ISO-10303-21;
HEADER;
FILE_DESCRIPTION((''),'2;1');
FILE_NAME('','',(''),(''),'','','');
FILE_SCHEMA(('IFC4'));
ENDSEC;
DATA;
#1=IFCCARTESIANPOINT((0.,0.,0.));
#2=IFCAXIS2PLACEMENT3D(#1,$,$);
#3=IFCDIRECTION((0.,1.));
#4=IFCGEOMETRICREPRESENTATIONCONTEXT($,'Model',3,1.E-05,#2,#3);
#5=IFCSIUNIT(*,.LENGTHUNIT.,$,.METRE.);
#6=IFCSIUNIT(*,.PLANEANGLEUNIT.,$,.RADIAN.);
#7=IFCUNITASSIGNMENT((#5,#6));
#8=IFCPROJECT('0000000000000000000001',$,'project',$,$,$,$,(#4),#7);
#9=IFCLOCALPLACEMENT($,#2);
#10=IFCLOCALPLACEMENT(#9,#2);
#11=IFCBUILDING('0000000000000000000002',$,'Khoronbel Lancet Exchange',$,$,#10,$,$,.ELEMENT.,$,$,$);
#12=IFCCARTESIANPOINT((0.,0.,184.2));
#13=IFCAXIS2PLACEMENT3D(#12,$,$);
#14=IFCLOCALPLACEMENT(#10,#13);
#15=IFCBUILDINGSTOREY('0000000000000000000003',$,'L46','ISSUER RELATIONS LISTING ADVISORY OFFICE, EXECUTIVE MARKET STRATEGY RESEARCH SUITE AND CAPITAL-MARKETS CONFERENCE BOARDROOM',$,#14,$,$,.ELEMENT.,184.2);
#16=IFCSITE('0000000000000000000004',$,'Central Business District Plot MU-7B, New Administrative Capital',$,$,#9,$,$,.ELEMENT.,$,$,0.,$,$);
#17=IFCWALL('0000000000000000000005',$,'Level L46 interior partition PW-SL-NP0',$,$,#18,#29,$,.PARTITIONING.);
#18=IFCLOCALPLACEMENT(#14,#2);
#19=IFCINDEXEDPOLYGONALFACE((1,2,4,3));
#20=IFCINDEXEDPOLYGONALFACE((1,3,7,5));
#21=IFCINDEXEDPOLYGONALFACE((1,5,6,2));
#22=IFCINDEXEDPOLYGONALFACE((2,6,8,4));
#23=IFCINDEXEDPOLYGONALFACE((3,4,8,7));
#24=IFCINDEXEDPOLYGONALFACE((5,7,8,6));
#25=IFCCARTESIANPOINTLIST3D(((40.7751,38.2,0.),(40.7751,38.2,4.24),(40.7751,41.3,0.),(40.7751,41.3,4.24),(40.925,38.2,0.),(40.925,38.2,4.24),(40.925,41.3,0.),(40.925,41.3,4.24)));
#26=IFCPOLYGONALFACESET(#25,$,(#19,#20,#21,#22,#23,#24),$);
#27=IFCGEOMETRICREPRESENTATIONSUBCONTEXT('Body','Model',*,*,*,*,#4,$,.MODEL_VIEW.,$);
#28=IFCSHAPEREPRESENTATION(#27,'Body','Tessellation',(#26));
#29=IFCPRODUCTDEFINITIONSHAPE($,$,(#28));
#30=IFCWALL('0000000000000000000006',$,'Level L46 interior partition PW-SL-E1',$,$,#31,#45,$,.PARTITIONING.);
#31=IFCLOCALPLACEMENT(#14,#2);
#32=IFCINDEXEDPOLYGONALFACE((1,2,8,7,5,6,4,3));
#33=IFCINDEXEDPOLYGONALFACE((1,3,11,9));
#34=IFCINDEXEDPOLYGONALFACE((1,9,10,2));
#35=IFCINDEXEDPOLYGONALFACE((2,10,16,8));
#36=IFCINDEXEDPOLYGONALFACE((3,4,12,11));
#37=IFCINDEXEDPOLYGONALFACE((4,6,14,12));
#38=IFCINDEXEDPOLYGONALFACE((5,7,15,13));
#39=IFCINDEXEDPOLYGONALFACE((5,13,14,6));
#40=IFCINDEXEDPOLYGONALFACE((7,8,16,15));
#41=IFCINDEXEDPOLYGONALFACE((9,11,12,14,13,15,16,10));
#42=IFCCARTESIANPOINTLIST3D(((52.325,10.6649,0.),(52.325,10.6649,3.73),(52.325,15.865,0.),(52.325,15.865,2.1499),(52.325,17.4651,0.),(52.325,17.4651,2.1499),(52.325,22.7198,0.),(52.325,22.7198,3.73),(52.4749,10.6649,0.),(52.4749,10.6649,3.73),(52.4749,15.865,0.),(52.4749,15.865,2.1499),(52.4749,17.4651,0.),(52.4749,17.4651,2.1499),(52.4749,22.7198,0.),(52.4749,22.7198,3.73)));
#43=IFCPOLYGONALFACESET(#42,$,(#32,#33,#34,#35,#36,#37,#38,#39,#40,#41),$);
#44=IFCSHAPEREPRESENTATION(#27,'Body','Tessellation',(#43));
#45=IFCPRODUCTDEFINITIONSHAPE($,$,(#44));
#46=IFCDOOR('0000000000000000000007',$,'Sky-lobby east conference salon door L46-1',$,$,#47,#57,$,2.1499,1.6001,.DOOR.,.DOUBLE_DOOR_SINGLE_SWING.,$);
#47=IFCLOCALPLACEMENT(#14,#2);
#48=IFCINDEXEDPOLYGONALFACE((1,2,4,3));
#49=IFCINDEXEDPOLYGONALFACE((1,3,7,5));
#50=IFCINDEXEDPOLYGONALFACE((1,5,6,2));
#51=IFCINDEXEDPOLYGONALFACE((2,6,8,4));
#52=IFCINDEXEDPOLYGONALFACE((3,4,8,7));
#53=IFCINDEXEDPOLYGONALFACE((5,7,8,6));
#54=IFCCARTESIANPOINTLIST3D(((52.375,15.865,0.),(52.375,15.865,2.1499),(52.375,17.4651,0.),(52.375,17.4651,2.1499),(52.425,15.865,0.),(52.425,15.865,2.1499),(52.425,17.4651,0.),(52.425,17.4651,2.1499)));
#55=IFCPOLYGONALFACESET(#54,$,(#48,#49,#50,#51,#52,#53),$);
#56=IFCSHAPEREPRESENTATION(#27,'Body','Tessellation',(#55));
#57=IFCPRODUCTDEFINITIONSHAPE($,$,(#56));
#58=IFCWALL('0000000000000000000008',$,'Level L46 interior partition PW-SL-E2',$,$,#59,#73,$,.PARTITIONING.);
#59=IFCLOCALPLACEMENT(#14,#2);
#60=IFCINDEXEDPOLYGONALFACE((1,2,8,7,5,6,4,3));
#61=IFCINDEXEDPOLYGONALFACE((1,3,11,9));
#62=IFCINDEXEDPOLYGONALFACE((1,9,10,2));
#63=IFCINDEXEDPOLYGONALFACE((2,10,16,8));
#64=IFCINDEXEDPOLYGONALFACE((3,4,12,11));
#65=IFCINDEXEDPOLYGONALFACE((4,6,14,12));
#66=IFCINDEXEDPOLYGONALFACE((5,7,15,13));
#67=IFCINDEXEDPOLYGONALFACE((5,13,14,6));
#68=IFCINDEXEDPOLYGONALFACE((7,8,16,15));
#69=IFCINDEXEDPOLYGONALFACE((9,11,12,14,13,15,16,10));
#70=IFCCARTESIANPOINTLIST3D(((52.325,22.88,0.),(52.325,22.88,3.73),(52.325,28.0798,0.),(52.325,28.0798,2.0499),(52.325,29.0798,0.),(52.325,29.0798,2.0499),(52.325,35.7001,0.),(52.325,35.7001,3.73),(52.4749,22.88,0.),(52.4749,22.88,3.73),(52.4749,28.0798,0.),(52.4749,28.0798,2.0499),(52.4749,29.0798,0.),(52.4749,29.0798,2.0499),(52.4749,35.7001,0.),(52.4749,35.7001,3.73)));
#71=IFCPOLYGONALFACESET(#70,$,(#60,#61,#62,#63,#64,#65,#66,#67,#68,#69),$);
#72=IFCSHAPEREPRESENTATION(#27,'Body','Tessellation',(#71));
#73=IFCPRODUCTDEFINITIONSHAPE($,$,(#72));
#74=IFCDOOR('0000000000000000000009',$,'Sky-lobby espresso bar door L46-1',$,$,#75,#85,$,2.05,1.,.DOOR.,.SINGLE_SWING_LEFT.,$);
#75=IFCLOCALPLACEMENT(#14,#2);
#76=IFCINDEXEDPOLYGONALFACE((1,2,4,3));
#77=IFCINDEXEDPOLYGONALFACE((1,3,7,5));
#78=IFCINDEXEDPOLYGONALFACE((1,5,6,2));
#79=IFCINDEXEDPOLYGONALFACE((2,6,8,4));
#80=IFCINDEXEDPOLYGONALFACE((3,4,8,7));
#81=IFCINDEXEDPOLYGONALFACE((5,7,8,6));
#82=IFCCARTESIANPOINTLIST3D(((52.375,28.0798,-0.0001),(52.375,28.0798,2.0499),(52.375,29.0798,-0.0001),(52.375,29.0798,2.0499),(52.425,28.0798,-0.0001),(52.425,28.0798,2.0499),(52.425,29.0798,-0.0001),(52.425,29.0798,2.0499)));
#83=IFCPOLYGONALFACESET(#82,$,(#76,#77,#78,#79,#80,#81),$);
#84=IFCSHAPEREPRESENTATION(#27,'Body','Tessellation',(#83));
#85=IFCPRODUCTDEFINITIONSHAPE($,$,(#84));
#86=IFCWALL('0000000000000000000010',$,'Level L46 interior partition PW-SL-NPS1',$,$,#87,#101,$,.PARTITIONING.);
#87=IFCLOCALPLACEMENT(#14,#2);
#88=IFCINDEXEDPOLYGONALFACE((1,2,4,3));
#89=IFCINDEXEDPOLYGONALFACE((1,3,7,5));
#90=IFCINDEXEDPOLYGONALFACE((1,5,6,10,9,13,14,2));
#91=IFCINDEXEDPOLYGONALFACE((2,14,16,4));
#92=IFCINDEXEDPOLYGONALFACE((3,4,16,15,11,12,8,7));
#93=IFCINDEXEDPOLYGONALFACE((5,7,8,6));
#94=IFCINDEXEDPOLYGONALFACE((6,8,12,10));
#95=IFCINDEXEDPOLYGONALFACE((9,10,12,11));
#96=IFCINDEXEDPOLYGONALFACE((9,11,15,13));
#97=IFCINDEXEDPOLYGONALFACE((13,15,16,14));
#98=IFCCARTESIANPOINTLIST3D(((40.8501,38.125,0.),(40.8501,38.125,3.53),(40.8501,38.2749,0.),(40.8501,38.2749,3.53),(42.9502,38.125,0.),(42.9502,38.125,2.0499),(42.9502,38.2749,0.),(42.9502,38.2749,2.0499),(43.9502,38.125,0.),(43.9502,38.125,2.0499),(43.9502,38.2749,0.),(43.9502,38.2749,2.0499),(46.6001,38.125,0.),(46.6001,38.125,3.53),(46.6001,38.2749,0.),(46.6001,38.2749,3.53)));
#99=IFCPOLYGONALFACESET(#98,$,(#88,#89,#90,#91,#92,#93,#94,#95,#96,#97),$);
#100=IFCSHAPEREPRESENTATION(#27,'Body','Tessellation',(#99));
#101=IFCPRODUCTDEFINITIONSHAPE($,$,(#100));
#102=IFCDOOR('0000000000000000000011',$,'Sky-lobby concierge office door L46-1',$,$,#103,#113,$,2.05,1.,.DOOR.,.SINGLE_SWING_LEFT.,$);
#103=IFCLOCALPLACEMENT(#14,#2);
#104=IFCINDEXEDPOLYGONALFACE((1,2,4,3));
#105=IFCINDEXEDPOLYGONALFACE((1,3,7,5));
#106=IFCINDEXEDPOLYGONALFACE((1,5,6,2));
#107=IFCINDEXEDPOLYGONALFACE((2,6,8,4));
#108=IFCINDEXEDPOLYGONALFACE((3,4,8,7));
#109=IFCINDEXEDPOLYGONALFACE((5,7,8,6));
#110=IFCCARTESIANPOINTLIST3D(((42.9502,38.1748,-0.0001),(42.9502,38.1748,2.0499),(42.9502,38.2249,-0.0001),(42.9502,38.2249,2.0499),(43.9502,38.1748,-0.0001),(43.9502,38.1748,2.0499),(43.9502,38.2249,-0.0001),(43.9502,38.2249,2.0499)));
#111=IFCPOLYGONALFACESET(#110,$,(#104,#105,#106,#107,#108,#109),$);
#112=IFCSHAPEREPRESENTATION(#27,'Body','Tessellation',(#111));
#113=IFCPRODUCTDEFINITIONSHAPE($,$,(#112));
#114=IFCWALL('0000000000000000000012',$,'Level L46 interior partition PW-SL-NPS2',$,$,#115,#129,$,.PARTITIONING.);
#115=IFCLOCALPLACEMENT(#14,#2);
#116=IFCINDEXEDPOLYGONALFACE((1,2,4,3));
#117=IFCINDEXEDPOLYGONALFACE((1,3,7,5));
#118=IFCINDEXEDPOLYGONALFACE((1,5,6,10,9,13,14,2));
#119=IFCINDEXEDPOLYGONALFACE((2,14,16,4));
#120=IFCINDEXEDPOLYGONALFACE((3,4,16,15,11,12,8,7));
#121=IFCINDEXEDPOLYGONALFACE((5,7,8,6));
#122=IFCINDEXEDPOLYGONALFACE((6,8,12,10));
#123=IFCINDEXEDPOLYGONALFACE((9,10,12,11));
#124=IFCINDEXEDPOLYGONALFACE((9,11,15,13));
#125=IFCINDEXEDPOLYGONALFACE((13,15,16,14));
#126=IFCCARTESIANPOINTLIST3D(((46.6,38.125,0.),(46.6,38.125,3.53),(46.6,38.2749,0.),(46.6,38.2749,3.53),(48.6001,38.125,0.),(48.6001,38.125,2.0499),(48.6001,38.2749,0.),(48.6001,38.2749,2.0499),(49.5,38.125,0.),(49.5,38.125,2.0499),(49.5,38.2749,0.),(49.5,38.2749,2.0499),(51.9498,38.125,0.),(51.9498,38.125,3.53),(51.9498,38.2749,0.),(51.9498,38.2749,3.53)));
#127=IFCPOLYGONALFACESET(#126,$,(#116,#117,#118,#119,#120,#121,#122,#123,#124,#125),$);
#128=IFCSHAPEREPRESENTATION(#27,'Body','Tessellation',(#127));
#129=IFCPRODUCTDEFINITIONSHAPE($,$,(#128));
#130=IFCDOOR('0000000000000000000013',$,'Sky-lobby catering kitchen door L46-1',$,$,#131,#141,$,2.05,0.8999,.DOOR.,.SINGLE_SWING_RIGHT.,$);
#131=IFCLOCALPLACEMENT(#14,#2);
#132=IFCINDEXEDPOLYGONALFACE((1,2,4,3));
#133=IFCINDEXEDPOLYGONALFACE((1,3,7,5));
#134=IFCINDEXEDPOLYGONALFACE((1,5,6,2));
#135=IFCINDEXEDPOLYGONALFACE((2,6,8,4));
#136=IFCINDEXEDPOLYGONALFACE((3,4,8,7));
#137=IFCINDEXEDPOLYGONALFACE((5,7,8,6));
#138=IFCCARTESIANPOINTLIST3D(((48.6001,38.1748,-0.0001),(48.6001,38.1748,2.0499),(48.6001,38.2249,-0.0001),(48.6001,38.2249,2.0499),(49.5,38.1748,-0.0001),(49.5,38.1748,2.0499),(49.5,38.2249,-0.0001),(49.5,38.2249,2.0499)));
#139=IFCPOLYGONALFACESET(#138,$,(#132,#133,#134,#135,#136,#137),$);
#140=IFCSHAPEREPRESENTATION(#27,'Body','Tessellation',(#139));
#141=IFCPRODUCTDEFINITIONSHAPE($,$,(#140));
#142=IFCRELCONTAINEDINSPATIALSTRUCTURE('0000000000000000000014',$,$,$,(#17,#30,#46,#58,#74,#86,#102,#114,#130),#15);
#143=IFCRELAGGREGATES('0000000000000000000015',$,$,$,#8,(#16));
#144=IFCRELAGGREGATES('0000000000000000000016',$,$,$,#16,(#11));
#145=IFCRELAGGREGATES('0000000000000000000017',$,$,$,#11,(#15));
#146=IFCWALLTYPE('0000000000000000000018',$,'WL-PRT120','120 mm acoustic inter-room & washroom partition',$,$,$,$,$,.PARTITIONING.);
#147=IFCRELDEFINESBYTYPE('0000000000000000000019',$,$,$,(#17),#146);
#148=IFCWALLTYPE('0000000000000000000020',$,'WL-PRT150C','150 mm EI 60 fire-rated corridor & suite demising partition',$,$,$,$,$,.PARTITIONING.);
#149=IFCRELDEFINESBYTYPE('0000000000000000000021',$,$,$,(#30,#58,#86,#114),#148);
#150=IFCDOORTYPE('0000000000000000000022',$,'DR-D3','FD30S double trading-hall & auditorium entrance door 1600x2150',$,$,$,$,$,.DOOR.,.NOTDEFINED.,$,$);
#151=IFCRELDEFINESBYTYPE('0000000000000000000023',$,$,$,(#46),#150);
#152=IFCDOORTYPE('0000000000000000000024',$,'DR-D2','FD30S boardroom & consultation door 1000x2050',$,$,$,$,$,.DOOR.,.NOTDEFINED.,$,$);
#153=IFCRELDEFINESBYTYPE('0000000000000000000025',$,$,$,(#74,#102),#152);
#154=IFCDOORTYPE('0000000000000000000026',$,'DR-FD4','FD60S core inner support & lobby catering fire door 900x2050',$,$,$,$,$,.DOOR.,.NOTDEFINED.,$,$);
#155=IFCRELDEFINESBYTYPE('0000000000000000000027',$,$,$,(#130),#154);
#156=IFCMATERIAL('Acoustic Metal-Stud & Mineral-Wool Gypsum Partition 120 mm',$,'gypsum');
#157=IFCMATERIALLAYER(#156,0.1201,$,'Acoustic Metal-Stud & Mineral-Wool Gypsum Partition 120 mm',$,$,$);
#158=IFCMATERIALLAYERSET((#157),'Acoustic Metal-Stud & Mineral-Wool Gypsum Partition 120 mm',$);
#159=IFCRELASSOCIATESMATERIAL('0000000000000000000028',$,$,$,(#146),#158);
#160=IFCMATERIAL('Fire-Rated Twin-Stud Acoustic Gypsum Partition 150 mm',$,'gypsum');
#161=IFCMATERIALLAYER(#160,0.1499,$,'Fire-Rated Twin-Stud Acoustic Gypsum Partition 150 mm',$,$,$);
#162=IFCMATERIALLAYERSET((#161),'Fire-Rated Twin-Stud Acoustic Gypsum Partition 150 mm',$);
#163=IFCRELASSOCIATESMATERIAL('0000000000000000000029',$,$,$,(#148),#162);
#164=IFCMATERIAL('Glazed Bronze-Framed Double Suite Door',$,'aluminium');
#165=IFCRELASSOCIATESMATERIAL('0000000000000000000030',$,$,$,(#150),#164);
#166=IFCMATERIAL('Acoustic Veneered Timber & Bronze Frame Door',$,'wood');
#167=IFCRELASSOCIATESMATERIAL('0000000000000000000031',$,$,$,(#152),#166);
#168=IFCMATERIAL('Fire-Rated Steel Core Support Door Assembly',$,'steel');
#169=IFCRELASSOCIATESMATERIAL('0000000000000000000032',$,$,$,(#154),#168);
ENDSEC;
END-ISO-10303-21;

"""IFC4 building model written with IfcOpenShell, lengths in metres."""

from ifc_helpers import new_model, si_unit, direction, frame, frame_2d, origin, place, context, subcontext, project, spatial, rectangle, extrude, material, layer, layer_set, type_object, element, fill, save


model = new_model("IFC4")

# Units and contexts
model_context = context("Model", 3, precision=1e-05, world=origin(), true_north=direction((0.0, 1.0)))
body_context = subcontext(model_context, "Body", "Model", "MODEL_VIEW")
ifc_project = project(units=[si_unit("LENGTHUNIT", "METRE"), si_unit("PLANEANGLEUNIT", "RADIAN")], contexts=[model_context])

# Site, building, storey
site_placement = place(None, origin())
site = spatial("IfcSite", under=ifc_project, at=site_placement, Name="Central Business District Plot MU-7B, New Administrative Capital", CompositionType="ELEMENT", RefElevation=0.0)
building_placement = place(site_placement, origin())
building = spatial("IfcBuilding", under=site, at=building_placement, Name="Khoronbel Lancet Exchange", CompositionType="ELEMENT")
storey_placement = place(building_placement, frame((0.0, 0.0, 184.2)))
storey = spatial("IfcBuildingStorey", under=building, at=storey_placement, Name="L46", Description="ISSUER RELATIONS LISTING ADVISORY OFFICE, EXECUTIVE MARKET STRATEGY RESEARCH SUITE AND CAPITAL-MARKETS CONFERENCE BOARDROOM", CompositionType="ELEMENT", Elevation=184.2)

# Wall
ifc_material_1 = material(Name="Acoustic Metal-Stud & Mineral-Wool Gypsum Partition 120 mm", Category="gypsum")
ifc_layer_1 = layer(ifc_material_1, 0.1201, Name="Acoustic Metal-Stud & Mineral-Wool Gypsum Partition 120 mm")
ifc_layer_set_1 = layer_set([ifc_layer_1], Name="Acoustic Metal-Stud & Mineral-Wool Gypsum Partition 120 mm")
wall_type_1 = type_object("IfcWallType", Name="WL-PRT120", Description="120 mm acoustic inter-room & washroom partition", PredefinedType="PARTITIONING", material=ifc_layer_set_1)
wall_1_placement = place(storey_placement, frame((40.8501, 38.2, 0.0), z_axis=(0.0, 0.0, 1.0), x_axis=(0.0, 1.0, 0.0)))
element("IfcWall", 1, at=wall_1_placement, inside=storey, type_object=wall_type_1, Name="Level L46 interior partition PW-SL-NP0", PredefinedType="PARTITIONING", context=body_context, shape_type="SweptSolid", body=[
    extrude(rectangle(XDim=3.1001, YDim=0.1499, at=frame_2d((1.55, 0.0))), origin(), (0.0, 0.0, 1.0), 4.24),
])

# Walls, openings, doors
ifc_material_2 = material(Name="Fire-Rated Twin-Stud Acoustic Gypsum Partition 150 mm", Category="gypsum")
ifc_layer_2 = layer(ifc_material_2, 0.1499, Name="Fire-Rated Twin-Stud Acoustic Gypsum Partition 150 mm")
ifc_layer_set_2 = layer_set([ifc_layer_2], Name="Fire-Rated Twin-Stud Acoustic Gypsum Partition 150 mm")
wall_type_2 = type_object("IfcWallType", Name="WL-PRT150C", Description="150 mm EI 60 fire-rated corridor & suite demising partition", PredefinedType="PARTITIONING", material=ifc_layer_set_2)
wall_2_placement = place(storey_placement, frame((52.3999, 10.665, 0.0), z_axis=(0.0, 0.0, 1.0), x_axis=(0.0, 1.0, 0.0)))
wall_2 = element("IfcWall", 2, at=wall_2_placement, inside=storey, type_object=wall_type_2, Name="Level L46 interior partition PW-SL-E1", PredefinedType="PARTITIONING", context=body_context, shape_type="SweptSolid", body=[
    extrude(rectangle(XDim=12.0549, YDim=0.1499, at=frame_2d((6.0273, 0.0))), origin(), (0.0, 0.0, 1.0), 3.73),
])
opening_1_placement = place(wall_2_placement, frame((5.2, 0.0, 0.0)))
opening_1 = element("IfcOpeningElement", 3, at=opening_1_placement, cuts=wall_2, PredefinedType="OPENING", context=body_context, shape_type="SweptSolid", body=[
    extrude(rectangle(XDim=1.6001, YDim=2.1499, at=frame_2d((0.8, 1.075))), frame((0.0, 0.085, 0.0), z_axis=(0.0, -1.0, 0.0), x_axis=(1.0, 0.0, 0.0)), (0.0, 0.0, 1.0), 0.1699),
])
ifc_material_3 = material(Name="Glazed Bronze-Framed Double Suite Door", Category="aluminium")
door_type_1 = type_object("IfcDoorType", Name="DR-D3", Description="FD30S double trading-hall & auditorium entrance door 1600x2150", OperationType="NOTDEFINED", PredefinedType="DOOR", material=ifc_material_3)
door_1_placement = place(opening_1_placement, origin())
door_1 = element("IfcDoor", 4, at=door_1_placement, inside=storey, type_object=door_type_1, Name="Sky-lobby east conference salon door L46-1", OperationType="DOUBLE_DOOR_SINGLE_SWING", OverallHeight=2.1499, OverallWidth=1.6001, PredefinedType="DOOR", context=body_context, shape_type="SweptSolid", body=[
    extrude(rectangle(XDim=1.6001, YDim=2.1499, at=frame_2d((0.8, 1.075))), frame((0.0, 0.0249, 0.0), z_axis=(0.0, -1.0, 0.0), x_axis=(1.0, 0.0, 0.0)), (0.0, 0.0, 1.0), 0.05),
])
fill(opening_1, door_1)
wall_3_placement = place(storey_placement, frame((52.3999, 22.8799, 0.0), z_axis=(0.0, 0.0, 1.0), x_axis=(0.0, 1.0, 0.0)))
wall_3 = element("IfcWall", 5, at=wall_3_placement, inside=storey, type_object=wall_type_2, Name="Level L46 interior partition PW-SL-E2", PredefinedType="PARTITIONING", context=body_context, shape_type="SweptSolid", body=[
    extrude(rectangle(XDim=12.8201, YDim=0.1499, at=frame_2d((6.4102, 0.0))), origin(), (0.0, 0.0, 1.0), 3.73),
])
opening_2_placement = place(wall_3_placement, frame((5.2, 0.0, 0.0)))
opening_2 = element("IfcOpeningElement", 6, at=opening_2_placement, cuts=wall_3, PredefinedType="OPENING", context=body_context, shape_type="SweptSolid", body=[
    extrude(rectangle(XDim=1.0, YDim=2.05, at=frame_2d((0.5, 1.0249))), frame((0.0, 0.085, 0.0), z_axis=(0.0, -1.0, 0.0), x_axis=(1.0, 0.0, 0.0)), (0.0, 0.0, 1.0), 0.1699),
])
ifc_material_4 = material(Name="Acoustic Veneered Timber & Bronze Frame Door", Category="wood")
door_type_2 = type_object("IfcDoorType", Name="DR-D2", Description="FD30S boardroom & consultation door 1000x2050", OperationType="NOTDEFINED", PredefinedType="DOOR", material=ifc_material_4)
door_2_placement = place(opening_2_placement, origin())
door_2 = element("IfcDoor", 7, at=door_2_placement, inside=storey, type_object=door_type_2, Name="Sky-lobby espresso bar door L46-1", OperationType="SINGLE_SWING_LEFT", OverallHeight=2.05, OverallWidth=1.0, PredefinedType="DOOR", context=body_context, shape_type="SweptSolid", body=[
    extrude(rectangle(XDim=1.0, YDim=2.05, at=frame_2d((0.5, 1.0249))), frame((0.0, 0.0249, 0.0), z_axis=(0.0, -1.0, 0.0), x_axis=(1.0, 0.0, 0.0)), (0.0, 0.0, 1.0), 0.05),
])
fill(opening_2, door_2)
wall_4_placement = place(storey_placement, frame((40.8501, 38.2, 0.0), z_axis=(0.0, 0.0, 1.0), x_axis=(1.0, 0.0, 0.0)))
wall_4 = element("IfcWall", 8, at=wall_4_placement, inside=storey, type_object=wall_type_2, Name="Level L46 interior partition PW-SL-NPS1", PredefinedType="PARTITIONING", context=body_context, shape_type="SweptSolid", body=[
    extrude(rectangle(XDim=5.75, YDim=0.1499, at=frame_2d((2.875, 0.0))), origin(), (0.0, 0.0, 1.0), 3.53),
])
opening_3_placement = place(wall_4_placement, frame((2.1001, 0.0, 0.0)))
opening_3 = element("IfcOpeningElement", 9, at=opening_3_placement, cuts=wall_4, PredefinedType="OPENING", context=body_context, shape_type="SweptSolid", body=[
    extrude(rectangle(XDim=1.0, YDim=2.05, at=frame_2d((0.5, 1.0249))), frame((0.0, 0.085, 0.0), z_axis=(0.0, -1.0, 0.0), x_axis=(1.0, 0.0, 0.0)), (0.0, 0.0, 1.0), 0.1699),
])
door_3_placement = place(opening_3_placement, origin())
door_3 = element("IfcDoor", 10, at=door_3_placement, inside=storey, type_object=door_type_2, Name="Sky-lobby concierge office door L46-1", OperationType="SINGLE_SWING_LEFT", OverallHeight=2.05, OverallWidth=1.0, PredefinedType="DOOR", context=body_context, shape_type="SweptSolid", body=[
    extrude(rectangle(XDim=1.0, YDim=2.05, at=frame_2d((0.5, 1.0249))), frame((0.0, 0.0249, 0.0), z_axis=(0.0, -1.0, 0.0), x_axis=(1.0, 0.0, 0.0)), (0.0, 0.0, 1.0), 0.05),
])
fill(opening_3, door_3)
wall_5_placement = place(storey_placement, frame((46.6001, 38.2, 0.0), z_axis=(0.0, 0.0, 1.0), x_axis=(1.0, 0.0, 0.0)))
wall_5 = element("IfcWall", 11, at=wall_5_placement, inside=storey, type_object=wall_type_2, Name="Level L46 interior partition PW-SL-NPS2", PredefinedType="PARTITIONING", context=body_context, shape_type="SweptSolid", body=[
    extrude(rectangle(XDim=5.3499, YDim=0.1499, at=frame_2d((2.6748, 0.0))), origin(), (0.0, 0.0, 1.0), 3.53),
])
opening_4_placement = place(wall_5_placement, frame((2.0, 0.0, 0.0)))
opening_4 = element("IfcOpeningElement", 12, at=opening_4_placement, cuts=wall_5, PredefinedType="OPENING", context=body_context, shape_type="SweptSolid", body=[
    extrude(rectangle(XDim=0.8999, YDim=2.05, at=frame_2d((0.45, 1.0249))), frame((0.0, 0.085, 0.0), z_axis=(0.0, -1.0, 0.0), x_axis=(1.0, 0.0, 0.0)), (0.0, 0.0, 1.0), 0.1699),
])
ifc_material_5 = material(Name="Fire-Rated Steel Core Support Door Assembly", Category="steel")
door_type_3 = type_object("IfcDoorType", Name="DR-FD4", Description="FD60S core inner support & lobby catering fire door 900x2050", OperationType="NOTDEFINED", PredefinedType="DOOR", material=ifc_material_5)
door_4_placement = place(opening_4_placement, origin())
door_4 = element("IfcDoor", 13, at=door_4_placement, inside=storey, type_object=door_type_3, Name="Sky-lobby catering kitchen door L46-1", OperationType="SINGLE_SWING_RIGHT", OverallHeight=2.05, OverallWidth=0.8999, PredefinedType="DOOR", context=body_context, shape_type="SweptSolid", body=[
    extrude(rectangle(XDim=0.8999, YDim=2.05, at=frame_2d((0.45, 1.0249))), frame((0.0, 0.0249, 0.0), z_axis=(0.0, -1.0, 0.0), x_axis=(1.0, 0.0, 0.0)), (0.0, 0.0, 1.0), 0.05),
])
fill(opening_4, door_4)

save(model, "model.ifc")
